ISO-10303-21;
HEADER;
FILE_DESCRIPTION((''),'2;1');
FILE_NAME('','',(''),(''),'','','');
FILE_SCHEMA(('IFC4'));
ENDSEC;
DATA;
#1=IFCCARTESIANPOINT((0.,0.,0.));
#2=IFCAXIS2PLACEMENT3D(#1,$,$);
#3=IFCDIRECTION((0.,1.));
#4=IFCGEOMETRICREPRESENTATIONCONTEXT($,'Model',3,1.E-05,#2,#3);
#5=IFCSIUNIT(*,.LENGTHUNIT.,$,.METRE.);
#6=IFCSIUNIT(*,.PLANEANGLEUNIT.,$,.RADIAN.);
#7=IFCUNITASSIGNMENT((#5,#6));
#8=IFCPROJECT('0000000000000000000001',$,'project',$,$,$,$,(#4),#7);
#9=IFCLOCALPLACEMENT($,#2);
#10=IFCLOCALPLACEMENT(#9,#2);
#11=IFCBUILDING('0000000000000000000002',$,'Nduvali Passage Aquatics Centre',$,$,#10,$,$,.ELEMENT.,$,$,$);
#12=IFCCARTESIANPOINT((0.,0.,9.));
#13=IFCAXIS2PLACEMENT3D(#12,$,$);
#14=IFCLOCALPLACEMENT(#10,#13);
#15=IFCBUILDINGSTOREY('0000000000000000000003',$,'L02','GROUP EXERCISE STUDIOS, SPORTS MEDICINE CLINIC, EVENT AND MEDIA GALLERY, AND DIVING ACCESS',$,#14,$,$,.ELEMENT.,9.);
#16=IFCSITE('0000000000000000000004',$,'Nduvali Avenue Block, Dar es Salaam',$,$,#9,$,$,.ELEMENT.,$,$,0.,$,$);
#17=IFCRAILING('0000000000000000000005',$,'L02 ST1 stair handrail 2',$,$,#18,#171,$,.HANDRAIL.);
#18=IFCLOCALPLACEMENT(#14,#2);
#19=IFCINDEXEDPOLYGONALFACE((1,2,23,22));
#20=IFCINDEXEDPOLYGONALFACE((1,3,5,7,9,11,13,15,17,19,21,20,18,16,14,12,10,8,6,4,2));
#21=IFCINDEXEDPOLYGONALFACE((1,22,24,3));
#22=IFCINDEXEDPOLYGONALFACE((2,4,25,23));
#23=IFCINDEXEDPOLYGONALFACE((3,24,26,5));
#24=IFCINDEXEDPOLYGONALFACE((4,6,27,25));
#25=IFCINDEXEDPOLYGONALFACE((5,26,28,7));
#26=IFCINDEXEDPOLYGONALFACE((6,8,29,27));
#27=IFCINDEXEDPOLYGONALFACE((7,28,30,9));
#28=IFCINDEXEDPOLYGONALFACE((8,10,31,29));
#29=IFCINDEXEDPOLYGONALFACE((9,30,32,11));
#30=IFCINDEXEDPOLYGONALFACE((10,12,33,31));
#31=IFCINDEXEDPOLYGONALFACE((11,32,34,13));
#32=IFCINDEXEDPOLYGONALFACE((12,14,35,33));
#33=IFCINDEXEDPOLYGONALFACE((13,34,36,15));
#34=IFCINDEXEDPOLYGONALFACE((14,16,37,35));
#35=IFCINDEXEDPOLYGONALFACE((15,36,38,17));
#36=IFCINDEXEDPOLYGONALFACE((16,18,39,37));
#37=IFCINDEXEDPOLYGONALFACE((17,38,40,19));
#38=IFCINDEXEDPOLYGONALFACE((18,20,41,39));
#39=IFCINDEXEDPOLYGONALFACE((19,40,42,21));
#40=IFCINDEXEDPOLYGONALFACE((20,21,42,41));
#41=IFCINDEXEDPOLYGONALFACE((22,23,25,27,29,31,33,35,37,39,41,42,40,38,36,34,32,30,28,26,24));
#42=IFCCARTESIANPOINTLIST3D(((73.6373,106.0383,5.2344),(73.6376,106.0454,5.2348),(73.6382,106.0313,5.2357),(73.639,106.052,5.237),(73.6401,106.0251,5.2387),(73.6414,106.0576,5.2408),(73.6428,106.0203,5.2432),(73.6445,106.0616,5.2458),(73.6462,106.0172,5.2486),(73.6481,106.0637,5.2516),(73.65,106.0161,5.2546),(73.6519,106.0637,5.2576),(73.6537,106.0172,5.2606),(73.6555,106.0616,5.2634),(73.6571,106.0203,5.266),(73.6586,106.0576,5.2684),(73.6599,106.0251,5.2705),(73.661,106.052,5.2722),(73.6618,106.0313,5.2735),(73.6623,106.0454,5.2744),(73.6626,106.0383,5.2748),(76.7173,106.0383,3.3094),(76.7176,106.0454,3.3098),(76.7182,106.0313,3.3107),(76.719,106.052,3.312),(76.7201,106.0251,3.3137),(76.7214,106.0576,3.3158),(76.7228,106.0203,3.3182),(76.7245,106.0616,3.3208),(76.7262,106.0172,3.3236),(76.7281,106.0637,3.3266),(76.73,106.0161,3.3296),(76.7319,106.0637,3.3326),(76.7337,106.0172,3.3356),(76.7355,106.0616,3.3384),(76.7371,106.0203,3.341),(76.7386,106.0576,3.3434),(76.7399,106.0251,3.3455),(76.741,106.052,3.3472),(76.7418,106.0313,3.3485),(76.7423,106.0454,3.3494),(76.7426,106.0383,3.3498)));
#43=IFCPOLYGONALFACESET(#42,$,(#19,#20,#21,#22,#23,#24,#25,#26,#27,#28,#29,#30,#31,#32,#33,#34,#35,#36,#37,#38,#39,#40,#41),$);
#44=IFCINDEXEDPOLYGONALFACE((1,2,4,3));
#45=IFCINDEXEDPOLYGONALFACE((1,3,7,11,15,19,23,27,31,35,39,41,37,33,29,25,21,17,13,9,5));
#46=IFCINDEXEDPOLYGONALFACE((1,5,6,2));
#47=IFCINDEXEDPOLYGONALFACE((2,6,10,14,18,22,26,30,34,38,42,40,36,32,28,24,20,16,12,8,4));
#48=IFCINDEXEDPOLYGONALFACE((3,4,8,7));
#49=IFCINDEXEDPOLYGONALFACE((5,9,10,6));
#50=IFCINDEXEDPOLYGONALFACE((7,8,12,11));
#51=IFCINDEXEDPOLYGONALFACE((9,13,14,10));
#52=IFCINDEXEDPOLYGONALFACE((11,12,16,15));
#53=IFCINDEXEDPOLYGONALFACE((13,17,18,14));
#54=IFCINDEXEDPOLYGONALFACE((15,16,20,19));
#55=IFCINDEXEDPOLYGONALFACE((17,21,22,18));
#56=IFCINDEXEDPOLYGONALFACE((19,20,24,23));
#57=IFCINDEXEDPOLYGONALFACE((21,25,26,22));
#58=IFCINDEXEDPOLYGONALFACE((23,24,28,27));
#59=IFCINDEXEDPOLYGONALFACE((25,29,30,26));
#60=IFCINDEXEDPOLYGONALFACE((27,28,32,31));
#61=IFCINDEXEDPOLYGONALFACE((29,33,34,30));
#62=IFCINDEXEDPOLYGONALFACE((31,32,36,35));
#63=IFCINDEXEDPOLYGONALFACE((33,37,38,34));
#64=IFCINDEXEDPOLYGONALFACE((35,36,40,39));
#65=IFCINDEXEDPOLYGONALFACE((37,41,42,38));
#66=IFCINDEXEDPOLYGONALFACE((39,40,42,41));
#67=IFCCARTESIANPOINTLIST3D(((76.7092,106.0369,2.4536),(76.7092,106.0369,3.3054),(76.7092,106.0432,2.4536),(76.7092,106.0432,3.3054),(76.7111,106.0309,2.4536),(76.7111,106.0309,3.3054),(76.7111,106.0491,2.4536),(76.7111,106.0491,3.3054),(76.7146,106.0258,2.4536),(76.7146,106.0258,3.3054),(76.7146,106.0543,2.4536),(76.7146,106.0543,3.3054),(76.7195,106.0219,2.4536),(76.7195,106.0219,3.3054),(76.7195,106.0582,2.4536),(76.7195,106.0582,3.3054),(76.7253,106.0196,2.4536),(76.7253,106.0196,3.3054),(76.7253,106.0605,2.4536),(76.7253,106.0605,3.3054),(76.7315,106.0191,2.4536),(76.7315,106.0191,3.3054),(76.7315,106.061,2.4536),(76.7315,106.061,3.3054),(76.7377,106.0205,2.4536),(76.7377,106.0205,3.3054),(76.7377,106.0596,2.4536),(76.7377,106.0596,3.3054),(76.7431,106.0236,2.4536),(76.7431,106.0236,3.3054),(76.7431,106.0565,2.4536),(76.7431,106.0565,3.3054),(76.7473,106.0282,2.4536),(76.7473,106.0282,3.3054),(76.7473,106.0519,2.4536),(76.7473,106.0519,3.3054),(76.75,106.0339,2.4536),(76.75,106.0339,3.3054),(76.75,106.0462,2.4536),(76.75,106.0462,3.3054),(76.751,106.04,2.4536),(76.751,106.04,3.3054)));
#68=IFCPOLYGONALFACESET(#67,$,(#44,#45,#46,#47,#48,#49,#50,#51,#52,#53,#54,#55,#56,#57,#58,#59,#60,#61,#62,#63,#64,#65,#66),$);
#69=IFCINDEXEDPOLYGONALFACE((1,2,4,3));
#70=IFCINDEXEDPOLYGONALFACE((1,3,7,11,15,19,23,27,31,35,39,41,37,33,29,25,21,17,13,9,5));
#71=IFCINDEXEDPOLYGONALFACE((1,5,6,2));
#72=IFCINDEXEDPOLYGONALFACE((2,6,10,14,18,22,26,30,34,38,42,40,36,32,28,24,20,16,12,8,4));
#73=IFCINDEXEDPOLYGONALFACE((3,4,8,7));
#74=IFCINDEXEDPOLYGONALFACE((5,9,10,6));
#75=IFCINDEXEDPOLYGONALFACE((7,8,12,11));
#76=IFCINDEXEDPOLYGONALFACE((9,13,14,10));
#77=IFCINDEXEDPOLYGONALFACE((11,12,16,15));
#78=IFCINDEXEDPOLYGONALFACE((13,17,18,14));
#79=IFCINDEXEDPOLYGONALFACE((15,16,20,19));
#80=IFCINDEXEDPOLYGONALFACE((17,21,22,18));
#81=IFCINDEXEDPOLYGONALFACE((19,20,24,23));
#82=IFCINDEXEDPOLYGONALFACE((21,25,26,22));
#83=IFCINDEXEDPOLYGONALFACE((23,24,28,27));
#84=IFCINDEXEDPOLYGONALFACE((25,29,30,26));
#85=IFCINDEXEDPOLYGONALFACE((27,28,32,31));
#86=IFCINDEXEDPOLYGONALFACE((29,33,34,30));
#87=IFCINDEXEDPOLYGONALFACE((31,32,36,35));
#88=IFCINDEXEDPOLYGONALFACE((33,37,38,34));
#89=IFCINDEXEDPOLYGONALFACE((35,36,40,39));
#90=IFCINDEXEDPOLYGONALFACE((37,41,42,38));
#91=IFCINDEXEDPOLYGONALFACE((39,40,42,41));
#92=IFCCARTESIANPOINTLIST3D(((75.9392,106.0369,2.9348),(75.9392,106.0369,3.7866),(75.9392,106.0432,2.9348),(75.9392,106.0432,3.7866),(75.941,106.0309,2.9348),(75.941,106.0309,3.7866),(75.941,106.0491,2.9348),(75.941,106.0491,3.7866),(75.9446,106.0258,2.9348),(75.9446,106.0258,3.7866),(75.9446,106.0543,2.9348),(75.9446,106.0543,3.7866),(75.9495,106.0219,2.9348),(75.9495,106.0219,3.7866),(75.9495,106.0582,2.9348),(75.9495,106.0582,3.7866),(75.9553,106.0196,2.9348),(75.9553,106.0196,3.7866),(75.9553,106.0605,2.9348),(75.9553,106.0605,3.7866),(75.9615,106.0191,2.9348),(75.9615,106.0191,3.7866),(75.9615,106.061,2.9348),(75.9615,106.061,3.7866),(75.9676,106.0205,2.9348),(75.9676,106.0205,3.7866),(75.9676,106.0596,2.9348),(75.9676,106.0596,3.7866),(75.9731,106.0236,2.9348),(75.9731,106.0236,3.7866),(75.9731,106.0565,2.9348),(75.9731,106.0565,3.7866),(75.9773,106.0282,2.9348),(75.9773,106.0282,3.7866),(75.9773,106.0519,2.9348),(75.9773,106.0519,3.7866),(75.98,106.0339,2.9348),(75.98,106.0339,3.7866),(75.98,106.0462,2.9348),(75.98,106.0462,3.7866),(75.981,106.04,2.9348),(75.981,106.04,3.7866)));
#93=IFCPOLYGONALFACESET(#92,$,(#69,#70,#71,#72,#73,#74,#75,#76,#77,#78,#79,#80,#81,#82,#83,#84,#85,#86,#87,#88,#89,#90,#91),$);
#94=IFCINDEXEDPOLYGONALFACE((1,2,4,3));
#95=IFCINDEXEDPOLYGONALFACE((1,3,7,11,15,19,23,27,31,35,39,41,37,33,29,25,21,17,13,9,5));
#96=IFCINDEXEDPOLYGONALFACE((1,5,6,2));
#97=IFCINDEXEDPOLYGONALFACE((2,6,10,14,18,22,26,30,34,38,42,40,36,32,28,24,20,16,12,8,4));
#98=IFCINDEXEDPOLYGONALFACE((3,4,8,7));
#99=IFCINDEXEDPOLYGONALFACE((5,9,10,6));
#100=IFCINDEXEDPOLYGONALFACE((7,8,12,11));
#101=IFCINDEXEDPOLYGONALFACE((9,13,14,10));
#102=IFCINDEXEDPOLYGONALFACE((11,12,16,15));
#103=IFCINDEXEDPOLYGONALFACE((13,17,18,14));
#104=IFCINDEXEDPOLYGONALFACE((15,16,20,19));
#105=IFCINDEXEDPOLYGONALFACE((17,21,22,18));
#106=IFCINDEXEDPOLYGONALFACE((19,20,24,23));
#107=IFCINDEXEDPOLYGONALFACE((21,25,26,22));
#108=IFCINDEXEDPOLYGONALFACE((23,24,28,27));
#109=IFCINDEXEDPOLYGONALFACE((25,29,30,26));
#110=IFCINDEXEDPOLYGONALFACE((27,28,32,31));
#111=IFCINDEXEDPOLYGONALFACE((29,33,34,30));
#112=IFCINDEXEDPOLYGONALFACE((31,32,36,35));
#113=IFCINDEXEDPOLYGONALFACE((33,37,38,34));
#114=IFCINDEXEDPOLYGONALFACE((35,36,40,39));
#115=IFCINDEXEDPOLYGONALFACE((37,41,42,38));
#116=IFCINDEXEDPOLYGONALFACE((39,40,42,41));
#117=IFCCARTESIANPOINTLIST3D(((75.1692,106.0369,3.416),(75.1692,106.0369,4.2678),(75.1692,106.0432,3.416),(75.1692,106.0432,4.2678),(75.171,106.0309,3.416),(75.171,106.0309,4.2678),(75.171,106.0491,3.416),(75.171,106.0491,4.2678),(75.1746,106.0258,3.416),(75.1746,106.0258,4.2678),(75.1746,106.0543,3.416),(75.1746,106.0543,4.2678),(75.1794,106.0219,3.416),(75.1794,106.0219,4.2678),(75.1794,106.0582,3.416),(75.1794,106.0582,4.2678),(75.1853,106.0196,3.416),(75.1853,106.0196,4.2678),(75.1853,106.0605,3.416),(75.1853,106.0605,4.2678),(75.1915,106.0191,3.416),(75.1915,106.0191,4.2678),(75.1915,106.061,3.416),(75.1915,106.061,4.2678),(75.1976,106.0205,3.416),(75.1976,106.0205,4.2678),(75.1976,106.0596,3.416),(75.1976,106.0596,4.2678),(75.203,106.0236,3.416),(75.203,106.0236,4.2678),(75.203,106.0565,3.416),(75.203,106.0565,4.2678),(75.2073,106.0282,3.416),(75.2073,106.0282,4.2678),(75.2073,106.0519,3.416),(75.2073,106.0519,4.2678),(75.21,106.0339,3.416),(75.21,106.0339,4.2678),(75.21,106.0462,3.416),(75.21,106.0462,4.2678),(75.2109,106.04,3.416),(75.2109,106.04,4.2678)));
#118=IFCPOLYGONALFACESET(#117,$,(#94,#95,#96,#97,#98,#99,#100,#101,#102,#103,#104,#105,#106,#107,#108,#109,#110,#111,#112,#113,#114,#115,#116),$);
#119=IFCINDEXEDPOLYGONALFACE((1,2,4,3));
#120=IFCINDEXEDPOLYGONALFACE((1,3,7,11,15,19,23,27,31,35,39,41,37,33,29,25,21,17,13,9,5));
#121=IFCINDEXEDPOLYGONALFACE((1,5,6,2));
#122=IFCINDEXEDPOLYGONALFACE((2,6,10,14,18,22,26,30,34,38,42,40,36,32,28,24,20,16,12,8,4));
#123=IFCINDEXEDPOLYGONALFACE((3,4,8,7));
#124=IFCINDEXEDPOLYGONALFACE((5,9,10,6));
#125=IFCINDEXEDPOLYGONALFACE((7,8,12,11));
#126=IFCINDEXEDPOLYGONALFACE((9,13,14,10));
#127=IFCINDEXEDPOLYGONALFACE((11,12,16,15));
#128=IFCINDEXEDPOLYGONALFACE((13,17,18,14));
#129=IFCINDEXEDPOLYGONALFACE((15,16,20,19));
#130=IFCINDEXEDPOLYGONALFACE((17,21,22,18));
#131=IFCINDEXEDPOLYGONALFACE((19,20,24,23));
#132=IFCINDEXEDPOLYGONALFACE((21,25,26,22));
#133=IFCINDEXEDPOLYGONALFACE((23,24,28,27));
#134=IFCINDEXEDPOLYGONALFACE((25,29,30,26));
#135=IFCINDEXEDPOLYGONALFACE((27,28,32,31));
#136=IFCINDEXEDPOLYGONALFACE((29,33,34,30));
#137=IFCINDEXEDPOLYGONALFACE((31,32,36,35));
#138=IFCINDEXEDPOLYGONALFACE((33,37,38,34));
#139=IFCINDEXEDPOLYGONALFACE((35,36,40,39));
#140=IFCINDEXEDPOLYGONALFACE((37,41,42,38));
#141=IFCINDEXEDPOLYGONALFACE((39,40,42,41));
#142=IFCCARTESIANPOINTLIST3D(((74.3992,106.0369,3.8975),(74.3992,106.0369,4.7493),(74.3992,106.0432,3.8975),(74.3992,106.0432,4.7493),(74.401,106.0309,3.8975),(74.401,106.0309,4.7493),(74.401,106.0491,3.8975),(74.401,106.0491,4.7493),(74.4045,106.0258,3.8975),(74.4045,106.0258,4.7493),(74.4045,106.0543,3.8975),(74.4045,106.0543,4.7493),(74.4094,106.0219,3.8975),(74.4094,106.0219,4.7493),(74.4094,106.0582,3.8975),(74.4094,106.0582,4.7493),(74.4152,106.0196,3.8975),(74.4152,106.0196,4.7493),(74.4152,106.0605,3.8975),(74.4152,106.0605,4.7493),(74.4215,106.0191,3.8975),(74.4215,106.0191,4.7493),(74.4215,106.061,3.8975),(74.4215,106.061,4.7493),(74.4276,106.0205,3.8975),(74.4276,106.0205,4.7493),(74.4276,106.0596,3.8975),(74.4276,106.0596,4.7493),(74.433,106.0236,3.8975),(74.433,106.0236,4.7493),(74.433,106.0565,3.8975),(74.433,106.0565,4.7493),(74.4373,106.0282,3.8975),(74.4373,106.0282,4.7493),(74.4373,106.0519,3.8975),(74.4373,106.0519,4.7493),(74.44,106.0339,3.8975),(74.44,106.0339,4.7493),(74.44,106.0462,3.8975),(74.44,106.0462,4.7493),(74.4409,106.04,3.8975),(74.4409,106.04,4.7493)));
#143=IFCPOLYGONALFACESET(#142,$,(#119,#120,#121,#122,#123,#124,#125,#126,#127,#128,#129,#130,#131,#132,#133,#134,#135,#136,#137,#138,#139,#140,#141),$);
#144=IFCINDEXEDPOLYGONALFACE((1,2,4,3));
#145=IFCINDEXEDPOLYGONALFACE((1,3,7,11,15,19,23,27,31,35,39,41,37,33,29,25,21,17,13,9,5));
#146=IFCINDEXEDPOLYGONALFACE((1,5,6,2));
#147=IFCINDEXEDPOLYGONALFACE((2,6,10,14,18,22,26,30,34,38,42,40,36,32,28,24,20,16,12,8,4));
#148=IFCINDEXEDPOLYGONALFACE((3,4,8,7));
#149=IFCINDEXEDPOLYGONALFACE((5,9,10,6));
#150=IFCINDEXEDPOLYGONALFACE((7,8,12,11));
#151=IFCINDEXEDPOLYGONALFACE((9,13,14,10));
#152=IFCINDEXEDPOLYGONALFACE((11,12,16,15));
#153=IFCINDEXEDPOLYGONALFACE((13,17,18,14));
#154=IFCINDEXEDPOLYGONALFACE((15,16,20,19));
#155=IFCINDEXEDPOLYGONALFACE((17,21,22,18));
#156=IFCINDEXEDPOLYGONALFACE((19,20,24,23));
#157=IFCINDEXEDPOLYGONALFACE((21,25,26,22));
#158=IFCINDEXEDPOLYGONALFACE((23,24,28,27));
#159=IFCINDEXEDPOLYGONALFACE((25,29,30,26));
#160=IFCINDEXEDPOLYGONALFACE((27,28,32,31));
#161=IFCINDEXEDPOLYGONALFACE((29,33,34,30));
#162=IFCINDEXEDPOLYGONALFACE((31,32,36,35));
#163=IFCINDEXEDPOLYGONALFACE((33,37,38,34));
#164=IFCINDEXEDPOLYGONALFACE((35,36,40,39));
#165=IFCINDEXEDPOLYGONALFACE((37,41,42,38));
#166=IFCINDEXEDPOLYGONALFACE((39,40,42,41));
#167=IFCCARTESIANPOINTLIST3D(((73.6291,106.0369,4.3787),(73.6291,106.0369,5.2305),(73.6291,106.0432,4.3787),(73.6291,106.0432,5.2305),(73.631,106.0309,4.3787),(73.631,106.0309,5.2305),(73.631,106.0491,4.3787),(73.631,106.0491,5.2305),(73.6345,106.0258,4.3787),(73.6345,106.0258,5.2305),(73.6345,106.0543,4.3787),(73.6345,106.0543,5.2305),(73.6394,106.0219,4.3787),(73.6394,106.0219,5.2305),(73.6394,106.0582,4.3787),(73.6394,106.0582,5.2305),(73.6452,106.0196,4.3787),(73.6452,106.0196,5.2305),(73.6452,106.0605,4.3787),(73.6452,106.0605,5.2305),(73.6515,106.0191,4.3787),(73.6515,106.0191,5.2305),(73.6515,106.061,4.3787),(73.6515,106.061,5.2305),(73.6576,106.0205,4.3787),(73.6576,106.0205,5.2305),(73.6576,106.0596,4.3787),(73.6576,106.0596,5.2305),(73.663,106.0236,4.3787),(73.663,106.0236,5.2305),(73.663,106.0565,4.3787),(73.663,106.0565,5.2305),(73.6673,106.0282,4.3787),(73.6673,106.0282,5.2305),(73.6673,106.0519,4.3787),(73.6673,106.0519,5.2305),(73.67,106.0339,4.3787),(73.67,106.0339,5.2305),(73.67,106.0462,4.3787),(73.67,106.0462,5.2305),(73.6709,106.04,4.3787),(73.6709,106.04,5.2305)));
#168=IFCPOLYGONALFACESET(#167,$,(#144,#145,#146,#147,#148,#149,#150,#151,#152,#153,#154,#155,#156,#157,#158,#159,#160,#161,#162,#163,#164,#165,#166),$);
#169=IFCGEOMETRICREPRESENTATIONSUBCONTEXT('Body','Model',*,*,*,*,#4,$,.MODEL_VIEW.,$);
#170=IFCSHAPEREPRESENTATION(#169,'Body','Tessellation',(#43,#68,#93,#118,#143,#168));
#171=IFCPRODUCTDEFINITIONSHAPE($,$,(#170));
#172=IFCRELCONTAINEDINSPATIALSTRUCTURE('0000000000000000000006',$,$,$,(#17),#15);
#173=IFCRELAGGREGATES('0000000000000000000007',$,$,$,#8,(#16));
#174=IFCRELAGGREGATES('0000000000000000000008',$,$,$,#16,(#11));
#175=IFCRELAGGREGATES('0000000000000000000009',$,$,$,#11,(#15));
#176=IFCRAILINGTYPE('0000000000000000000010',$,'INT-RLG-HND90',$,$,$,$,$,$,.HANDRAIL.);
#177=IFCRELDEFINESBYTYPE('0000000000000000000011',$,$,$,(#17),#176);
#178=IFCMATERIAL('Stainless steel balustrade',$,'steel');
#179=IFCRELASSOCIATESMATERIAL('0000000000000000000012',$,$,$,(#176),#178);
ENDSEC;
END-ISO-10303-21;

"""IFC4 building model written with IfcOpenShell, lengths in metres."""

from ifc_helpers import new_model, si_unit, direction, frame, origin, origin_2d, place, context, subcontext, project, spatial, circle, extrude, material, type_object, element, save


model = new_model("IFC4")

# Units and contexts
model_context = context("Model", 3, precision=1e-05, world=origin(), true_north=direction((0.0, 1.0)))
body_context = subcontext(model_context, "Body", "Model", "MODEL_VIEW")
ifc_project = project(units=[si_unit("LENGTHUNIT", "METRE"), si_unit("PLANEANGLEUNIT", "RADIAN")], contexts=[model_context])

# Site, building, storey
site_placement = place(None, origin())
site = spatial("IfcSite", under=ifc_project, at=site_placement, Name="Nduvali Avenue Block, Dar es Salaam", CompositionType="ELEMENT", RefElevation=0.0)
building_placement = place(site_placement, origin())
building = spatial("IfcBuilding", under=site, at=building_placement, Name="Nduvali Passage Aquatics Centre", CompositionType="ELEMENT")
storey_placement = place(building_placement, frame((0.0, 0.0, 9.0)))
storey = spatial("IfcBuildingStorey", under=building, at=storey_placement, Name="L02", Description="GROUP EXERCISE STUDIOS, SPORTS MEDICINE CLINIC, EVENT AND MEDIA GALLERY, AND DIVING ACCESS", CompositionType="ELEMENT", Elevation=9.0)

# Railing
ifc_material_1 = material(Name="Stainless steel balustrade", Category="steel")
railing_type_1 = type_object("IfcRailingType", Name="INT-RLG-HND90", PredefinedType="HANDRAIL", material=ifc_material_1)
for number, where, name in (
    (1, (76.73, 106.04, 2.4536), "L02 ST1 stair handrail 2"),
):
    element("IfcRailing", number, at=place(storey_placement, frame(where)), inside=storey, type_object=railing_type_1, Name=name, PredefinedType="HANDRAIL", context=body_context, shape_type="SweptSolid", body=[
        extrude(circle(Radius=0.0239, at=origin_2d()), frame((0.0, 0.0, 0.876), z_axis=(-0.847998, 0.0, 0.529999), x_axis=(0.0, -1.0, 0.0)), (0.0, 0.0, 1.0), 3.6321),
        extrude(circle(Radius=0.021, at=origin_2d()), origin(), (0.0, 0.0, 1.0), 0.8518),
        extrude(circle(Radius=0.021, at=origin_2d()), frame((-0.77, 0.0, 0.4812)), (0.0, 0.0, 1.0), 0.8518),
        extrude(circle(Radius=0.021, at=origin_2d()), frame((-1.54, 0.0, 0.9624)), (0.0, 0.0, 1.0), 0.8518),
        extrude(circle(Radius=0.021, at=origin_2d()), frame((-2.3101, 0.0, 1.4438)), (0.0, 0.0, 1.0), 0.8518),
        extrude(circle(Radius=0.021, at=origin_2d()), frame((-3.0801, 0.0, 1.925)), (0.0, 0.0, 1.0), 0.8518),
    ])

save(model, "model.ifc")
